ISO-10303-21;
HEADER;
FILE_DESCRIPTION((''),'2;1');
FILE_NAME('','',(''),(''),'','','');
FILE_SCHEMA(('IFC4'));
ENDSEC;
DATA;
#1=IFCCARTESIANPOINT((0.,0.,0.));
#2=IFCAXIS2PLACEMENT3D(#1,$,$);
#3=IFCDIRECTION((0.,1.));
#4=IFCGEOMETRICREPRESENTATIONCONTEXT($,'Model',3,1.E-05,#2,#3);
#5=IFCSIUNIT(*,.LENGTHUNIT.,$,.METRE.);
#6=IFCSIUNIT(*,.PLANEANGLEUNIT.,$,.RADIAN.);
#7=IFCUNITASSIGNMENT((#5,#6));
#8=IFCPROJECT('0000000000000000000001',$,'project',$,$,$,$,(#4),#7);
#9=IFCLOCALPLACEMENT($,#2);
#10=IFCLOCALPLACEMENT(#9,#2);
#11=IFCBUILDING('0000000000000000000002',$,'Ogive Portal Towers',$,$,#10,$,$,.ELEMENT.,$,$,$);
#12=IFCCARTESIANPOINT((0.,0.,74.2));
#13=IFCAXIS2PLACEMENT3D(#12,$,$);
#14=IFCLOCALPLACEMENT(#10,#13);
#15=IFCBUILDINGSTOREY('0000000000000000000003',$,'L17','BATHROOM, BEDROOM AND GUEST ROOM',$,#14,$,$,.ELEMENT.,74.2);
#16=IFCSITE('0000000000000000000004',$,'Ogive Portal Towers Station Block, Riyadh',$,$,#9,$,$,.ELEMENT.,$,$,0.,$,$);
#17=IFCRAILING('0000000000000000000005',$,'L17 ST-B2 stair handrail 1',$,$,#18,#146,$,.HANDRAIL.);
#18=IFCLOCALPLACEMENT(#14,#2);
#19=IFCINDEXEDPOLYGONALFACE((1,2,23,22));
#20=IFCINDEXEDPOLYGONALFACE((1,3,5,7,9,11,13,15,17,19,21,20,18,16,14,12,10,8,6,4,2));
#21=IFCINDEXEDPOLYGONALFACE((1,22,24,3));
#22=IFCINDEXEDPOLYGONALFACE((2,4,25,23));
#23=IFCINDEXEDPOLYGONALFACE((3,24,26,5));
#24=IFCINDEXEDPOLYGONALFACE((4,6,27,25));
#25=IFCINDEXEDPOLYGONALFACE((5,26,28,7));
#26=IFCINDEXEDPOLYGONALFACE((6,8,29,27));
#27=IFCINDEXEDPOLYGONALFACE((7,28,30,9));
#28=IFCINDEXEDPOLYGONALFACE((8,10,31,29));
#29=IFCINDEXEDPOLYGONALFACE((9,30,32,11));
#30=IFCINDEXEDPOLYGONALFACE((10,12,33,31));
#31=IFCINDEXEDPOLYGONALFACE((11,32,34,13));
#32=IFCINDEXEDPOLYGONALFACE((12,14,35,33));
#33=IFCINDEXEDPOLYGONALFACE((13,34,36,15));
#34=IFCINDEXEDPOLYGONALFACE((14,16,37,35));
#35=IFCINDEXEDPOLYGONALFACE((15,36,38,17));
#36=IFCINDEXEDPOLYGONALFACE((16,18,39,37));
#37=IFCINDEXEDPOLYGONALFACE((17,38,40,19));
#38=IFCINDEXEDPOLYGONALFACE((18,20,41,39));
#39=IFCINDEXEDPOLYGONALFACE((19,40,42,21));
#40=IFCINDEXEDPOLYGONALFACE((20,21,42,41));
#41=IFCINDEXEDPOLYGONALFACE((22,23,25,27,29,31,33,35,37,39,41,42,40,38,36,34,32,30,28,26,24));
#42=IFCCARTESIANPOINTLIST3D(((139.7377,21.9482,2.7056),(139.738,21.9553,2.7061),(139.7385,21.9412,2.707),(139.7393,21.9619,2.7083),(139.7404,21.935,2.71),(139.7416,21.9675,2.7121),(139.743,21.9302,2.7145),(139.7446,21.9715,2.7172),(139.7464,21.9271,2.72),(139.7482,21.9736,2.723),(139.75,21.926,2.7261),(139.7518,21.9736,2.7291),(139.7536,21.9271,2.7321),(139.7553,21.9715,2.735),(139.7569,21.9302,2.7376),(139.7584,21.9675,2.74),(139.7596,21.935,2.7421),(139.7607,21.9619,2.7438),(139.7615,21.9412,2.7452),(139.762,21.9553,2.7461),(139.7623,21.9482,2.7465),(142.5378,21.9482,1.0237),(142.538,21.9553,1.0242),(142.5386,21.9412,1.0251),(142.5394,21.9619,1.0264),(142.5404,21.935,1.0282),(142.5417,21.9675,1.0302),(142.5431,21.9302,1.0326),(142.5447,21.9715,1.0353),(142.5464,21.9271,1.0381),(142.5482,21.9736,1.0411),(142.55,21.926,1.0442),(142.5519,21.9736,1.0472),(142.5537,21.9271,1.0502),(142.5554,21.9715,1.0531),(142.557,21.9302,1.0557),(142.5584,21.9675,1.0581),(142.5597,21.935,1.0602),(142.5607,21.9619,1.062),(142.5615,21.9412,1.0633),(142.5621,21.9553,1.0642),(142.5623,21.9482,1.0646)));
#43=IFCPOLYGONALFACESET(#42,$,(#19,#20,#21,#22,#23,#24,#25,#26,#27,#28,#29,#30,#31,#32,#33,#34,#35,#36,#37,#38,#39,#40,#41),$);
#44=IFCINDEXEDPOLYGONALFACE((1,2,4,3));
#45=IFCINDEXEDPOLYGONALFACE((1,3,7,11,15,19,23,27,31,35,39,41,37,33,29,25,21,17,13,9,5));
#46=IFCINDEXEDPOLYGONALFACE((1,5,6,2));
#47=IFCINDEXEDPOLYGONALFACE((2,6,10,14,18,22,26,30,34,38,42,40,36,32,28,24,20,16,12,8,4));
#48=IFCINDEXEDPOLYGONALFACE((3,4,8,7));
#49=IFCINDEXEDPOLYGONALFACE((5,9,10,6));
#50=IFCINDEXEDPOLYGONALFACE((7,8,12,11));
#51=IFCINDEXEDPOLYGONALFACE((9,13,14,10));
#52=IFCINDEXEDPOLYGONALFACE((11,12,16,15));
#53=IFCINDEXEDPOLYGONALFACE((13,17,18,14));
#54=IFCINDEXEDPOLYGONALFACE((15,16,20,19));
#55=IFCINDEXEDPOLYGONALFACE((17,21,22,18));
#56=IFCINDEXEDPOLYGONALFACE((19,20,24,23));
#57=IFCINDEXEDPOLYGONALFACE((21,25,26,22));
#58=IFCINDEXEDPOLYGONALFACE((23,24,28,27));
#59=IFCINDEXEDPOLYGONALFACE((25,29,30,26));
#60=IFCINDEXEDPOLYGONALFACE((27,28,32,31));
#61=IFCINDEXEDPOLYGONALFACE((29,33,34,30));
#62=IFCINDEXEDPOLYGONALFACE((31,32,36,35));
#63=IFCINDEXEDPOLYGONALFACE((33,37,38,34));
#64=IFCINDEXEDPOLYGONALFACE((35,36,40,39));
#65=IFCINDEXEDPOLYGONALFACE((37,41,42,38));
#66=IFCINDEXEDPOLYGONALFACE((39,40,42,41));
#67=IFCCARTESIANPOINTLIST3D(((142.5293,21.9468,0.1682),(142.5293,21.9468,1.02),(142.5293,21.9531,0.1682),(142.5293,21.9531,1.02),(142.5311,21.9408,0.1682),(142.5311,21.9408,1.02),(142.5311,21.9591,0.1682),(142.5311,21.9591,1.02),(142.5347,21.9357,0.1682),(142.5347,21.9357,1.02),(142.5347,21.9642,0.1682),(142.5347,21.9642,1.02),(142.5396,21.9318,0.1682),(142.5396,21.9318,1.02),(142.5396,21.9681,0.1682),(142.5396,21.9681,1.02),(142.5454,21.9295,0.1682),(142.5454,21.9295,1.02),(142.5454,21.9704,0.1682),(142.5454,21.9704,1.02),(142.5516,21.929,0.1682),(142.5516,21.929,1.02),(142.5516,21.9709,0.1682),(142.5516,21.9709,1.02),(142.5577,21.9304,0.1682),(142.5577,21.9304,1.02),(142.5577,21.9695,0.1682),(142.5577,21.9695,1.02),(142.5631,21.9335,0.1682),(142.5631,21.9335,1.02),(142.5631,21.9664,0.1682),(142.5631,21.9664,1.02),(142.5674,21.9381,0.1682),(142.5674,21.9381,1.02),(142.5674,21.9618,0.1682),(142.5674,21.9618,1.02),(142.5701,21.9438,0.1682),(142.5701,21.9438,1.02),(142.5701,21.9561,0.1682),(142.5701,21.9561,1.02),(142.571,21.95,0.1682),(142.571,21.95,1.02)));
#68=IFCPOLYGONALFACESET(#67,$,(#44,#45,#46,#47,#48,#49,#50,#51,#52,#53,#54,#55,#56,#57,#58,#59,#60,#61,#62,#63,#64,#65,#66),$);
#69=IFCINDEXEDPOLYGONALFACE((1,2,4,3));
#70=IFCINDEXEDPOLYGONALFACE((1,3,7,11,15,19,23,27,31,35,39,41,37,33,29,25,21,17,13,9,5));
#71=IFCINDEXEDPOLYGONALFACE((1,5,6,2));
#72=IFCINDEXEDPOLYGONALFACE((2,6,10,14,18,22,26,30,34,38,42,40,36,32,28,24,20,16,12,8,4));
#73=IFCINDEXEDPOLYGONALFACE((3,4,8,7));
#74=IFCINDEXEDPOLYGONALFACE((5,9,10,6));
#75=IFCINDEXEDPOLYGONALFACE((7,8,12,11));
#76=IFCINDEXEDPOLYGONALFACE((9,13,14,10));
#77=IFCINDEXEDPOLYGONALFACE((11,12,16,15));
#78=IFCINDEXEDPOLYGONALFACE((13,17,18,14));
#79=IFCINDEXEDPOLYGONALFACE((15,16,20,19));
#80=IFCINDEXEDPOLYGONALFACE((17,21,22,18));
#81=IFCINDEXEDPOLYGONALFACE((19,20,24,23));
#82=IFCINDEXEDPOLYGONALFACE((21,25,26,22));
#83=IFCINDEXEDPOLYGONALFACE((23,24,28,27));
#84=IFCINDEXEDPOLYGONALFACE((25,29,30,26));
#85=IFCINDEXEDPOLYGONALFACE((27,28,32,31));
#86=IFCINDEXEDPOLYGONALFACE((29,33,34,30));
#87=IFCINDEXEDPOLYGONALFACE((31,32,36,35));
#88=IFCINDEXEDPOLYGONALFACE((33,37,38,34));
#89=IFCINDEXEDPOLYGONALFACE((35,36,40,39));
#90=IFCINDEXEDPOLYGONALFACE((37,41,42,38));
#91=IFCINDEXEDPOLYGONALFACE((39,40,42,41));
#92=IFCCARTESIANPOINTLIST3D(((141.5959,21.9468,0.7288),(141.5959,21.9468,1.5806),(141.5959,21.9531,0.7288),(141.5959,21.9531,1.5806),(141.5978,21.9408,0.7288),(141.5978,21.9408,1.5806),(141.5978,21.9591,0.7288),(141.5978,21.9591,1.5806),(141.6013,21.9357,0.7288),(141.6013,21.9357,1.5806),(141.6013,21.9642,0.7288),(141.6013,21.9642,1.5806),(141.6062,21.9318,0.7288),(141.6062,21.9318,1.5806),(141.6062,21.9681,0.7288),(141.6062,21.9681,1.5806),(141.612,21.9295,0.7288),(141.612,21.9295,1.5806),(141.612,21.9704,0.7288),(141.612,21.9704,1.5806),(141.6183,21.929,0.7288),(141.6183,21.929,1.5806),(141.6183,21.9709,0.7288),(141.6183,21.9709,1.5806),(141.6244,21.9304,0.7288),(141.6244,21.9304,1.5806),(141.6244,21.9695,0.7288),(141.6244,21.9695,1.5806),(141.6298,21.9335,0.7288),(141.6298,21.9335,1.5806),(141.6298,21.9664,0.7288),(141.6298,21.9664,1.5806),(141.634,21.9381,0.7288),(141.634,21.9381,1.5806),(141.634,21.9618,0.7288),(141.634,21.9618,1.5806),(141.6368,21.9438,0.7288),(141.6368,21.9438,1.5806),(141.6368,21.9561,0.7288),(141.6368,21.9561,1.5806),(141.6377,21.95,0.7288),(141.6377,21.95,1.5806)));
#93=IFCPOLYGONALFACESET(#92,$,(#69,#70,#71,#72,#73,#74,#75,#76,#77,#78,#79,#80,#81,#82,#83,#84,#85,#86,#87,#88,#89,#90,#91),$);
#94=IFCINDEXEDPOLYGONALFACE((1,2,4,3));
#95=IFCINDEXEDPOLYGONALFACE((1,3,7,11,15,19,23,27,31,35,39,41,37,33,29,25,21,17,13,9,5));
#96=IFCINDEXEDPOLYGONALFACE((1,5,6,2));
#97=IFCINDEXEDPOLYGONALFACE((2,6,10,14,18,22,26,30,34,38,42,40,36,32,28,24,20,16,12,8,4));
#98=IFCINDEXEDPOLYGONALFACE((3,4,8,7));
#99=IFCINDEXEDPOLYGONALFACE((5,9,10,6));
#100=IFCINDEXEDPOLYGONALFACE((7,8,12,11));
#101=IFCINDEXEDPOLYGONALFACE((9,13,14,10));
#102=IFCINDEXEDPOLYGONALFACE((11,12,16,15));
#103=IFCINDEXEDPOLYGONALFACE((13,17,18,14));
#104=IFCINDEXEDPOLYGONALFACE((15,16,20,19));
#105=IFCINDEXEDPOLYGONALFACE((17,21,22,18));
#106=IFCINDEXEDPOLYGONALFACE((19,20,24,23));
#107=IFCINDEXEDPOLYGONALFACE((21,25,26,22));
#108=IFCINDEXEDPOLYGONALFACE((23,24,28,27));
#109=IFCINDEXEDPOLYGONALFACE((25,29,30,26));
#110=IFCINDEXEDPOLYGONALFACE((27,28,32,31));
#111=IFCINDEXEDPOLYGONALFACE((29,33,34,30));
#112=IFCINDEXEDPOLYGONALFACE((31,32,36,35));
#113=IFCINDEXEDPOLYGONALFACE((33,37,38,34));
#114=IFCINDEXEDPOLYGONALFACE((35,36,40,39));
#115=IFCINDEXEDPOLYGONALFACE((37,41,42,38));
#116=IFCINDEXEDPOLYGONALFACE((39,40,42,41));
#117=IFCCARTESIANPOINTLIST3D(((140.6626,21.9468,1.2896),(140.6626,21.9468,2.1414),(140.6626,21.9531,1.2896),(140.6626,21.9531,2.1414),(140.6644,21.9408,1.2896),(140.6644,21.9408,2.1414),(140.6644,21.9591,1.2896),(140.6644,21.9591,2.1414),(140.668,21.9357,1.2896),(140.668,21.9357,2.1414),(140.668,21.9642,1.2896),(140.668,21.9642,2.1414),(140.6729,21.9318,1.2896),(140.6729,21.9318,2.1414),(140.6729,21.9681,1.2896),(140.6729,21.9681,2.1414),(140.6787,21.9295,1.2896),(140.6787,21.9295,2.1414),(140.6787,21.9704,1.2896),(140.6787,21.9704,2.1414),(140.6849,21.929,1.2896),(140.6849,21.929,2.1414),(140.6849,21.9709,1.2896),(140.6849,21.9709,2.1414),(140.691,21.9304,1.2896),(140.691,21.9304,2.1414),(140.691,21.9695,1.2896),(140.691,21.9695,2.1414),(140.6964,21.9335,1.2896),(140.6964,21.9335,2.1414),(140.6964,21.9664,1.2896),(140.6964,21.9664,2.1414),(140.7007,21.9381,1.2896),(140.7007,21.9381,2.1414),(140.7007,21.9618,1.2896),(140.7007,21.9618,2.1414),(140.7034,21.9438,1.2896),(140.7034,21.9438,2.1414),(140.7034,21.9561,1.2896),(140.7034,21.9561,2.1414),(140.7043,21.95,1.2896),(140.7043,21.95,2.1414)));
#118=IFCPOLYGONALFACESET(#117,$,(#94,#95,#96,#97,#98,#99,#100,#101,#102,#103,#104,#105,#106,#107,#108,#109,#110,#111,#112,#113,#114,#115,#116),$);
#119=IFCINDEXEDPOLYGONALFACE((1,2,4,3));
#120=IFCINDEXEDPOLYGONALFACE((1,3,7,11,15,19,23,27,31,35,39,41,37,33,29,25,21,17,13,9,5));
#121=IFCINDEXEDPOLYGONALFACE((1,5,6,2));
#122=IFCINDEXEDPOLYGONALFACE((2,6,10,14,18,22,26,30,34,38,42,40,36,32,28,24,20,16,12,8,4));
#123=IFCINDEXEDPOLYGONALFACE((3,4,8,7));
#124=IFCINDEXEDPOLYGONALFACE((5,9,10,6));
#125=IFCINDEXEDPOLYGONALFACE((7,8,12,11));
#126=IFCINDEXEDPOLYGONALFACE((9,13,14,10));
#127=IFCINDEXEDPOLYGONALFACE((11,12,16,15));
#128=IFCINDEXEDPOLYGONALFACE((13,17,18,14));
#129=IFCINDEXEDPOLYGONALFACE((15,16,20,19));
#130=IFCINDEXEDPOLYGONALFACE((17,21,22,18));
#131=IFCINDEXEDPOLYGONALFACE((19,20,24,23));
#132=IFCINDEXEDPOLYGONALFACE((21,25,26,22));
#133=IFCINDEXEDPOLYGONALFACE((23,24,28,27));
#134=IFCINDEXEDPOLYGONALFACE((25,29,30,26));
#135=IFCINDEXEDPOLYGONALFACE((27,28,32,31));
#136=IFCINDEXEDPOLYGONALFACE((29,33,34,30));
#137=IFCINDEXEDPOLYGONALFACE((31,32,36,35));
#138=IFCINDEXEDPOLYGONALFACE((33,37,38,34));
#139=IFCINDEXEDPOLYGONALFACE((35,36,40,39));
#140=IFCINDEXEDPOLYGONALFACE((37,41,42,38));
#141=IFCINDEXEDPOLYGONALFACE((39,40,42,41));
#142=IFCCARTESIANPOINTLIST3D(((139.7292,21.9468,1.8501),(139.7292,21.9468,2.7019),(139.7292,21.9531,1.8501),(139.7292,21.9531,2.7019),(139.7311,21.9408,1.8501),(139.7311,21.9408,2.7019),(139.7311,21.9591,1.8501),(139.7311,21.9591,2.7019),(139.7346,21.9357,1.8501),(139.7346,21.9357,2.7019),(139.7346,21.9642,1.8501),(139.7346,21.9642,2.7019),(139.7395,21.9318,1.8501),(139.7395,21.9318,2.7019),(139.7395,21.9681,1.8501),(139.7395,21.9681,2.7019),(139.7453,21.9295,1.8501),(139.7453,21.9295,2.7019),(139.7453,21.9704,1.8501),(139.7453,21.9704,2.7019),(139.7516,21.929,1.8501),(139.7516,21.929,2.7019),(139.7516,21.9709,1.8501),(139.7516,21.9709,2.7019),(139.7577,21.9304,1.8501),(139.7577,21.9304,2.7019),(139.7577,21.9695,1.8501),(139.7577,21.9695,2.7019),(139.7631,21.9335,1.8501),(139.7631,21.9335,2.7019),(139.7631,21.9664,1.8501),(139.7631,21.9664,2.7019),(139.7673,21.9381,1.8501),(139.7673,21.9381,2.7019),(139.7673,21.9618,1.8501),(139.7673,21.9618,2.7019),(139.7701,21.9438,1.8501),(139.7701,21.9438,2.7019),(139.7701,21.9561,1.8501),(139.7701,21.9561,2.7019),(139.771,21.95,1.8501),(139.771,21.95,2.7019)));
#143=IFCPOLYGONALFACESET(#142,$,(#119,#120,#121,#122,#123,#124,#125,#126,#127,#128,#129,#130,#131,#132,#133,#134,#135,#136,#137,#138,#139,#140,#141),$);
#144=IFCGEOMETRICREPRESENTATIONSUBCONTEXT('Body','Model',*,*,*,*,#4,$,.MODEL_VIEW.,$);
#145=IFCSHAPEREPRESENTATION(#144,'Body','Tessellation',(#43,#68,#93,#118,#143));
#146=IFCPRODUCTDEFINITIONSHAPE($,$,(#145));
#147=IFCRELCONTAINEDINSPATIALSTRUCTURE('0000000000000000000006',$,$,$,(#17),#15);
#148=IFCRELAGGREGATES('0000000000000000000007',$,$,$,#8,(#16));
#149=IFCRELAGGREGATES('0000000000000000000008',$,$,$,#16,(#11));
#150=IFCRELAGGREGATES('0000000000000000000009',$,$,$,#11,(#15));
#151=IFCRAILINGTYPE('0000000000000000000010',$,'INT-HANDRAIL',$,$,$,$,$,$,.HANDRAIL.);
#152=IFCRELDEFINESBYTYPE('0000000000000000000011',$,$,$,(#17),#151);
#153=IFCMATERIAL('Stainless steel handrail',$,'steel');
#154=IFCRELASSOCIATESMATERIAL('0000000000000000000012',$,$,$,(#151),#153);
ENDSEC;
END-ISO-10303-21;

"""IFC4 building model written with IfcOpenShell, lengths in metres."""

from ifc_helpers import new_model, si_unit, direction, frame, origin, origin_2d, place, context, subcontext, project, spatial, circle, extrude, material, type_object, element, save


model = new_model("IFC4")

# Units and contexts
model_context = context("Model", 3, precision=1e-05, world=origin(), true_north=direction((0.0, 1.0)))
body_context = subcontext(model_context, "Body", "Model", "MODEL_VIEW")
ifc_project = project(units=[si_unit("LENGTHUNIT", "METRE"), si_unit("PLANEANGLEUNIT", "RADIAN")], contexts=[model_context])

# Site, building, storey
site_placement = place(None, origin())
site = spatial("IfcSite", under=ifc_project, at=site_placement, Name="Ogive Portal Towers Station Block, Riyadh", CompositionType="ELEMENT", RefElevation=0.0)
building_placement = place(site_placement, origin())
building = spatial("IfcBuilding", under=site, at=building_placement, Name="Ogive Portal Towers", CompositionType="ELEMENT")
storey_placement = place(building_placement, frame((0.0, 0.0, 74.2)))
storey = spatial("IfcBuildingStorey", under=building, at=storey_placement, Name="L17", Description="BATHROOM, BEDROOM AND GUEST ROOM", CompositionType="ELEMENT", Elevation=74.2)

# Railing
ifc_material_1 = material(Name="Stainless steel handrail", Category="steel")
railing_type_1 = type_object("IfcRailingType", Name="INT-HANDRAIL", PredefinedType="HANDRAIL", material=ifc_material_1)
railing_1_placement = place(storey_placement, frame((142.55, 21.95, 0.1682)))
element("IfcRailing", 1, at=railing_1_placement, inside=storey, type_object=railing_type_1, Name="L17 ST-B2 stair handrail 1", PredefinedType="HANDRAIL", context=body_context, shape_type="SweptSolid", body=[
    extrude(circle(Radius=0.0239, at=origin_2d()), frame((0.0, 0.0, 0.876), z_axis=(-0.857242, 0.0, 0.514913), x_axis=(0.0, -1.0, 0.0)), (0.0, 0.0, 1.0), 3.2664),
    extrude(circle(Radius=0.021, at=origin_2d()), origin(), (0.0, 0.0, 1.0), 0.8518),
    extrude(circle(Radius=0.021, at=origin_2d()), frame((-0.9333, 0.0, 0.5605)), (0.0, 0.0, 1.0), 0.8518),
    extrude(circle(Radius=0.021, at=origin_2d()), frame((-1.8667, 0.0, 1.1213)), (0.0, 0.0, 1.0), 0.8518),
    extrude(circle(Radius=0.021, at=origin_2d()), frame((-2.8, 0.0, 1.6819)), (0.0, 0.0, 1.0), 0.8518),
])

save(model, "model.ifc")
